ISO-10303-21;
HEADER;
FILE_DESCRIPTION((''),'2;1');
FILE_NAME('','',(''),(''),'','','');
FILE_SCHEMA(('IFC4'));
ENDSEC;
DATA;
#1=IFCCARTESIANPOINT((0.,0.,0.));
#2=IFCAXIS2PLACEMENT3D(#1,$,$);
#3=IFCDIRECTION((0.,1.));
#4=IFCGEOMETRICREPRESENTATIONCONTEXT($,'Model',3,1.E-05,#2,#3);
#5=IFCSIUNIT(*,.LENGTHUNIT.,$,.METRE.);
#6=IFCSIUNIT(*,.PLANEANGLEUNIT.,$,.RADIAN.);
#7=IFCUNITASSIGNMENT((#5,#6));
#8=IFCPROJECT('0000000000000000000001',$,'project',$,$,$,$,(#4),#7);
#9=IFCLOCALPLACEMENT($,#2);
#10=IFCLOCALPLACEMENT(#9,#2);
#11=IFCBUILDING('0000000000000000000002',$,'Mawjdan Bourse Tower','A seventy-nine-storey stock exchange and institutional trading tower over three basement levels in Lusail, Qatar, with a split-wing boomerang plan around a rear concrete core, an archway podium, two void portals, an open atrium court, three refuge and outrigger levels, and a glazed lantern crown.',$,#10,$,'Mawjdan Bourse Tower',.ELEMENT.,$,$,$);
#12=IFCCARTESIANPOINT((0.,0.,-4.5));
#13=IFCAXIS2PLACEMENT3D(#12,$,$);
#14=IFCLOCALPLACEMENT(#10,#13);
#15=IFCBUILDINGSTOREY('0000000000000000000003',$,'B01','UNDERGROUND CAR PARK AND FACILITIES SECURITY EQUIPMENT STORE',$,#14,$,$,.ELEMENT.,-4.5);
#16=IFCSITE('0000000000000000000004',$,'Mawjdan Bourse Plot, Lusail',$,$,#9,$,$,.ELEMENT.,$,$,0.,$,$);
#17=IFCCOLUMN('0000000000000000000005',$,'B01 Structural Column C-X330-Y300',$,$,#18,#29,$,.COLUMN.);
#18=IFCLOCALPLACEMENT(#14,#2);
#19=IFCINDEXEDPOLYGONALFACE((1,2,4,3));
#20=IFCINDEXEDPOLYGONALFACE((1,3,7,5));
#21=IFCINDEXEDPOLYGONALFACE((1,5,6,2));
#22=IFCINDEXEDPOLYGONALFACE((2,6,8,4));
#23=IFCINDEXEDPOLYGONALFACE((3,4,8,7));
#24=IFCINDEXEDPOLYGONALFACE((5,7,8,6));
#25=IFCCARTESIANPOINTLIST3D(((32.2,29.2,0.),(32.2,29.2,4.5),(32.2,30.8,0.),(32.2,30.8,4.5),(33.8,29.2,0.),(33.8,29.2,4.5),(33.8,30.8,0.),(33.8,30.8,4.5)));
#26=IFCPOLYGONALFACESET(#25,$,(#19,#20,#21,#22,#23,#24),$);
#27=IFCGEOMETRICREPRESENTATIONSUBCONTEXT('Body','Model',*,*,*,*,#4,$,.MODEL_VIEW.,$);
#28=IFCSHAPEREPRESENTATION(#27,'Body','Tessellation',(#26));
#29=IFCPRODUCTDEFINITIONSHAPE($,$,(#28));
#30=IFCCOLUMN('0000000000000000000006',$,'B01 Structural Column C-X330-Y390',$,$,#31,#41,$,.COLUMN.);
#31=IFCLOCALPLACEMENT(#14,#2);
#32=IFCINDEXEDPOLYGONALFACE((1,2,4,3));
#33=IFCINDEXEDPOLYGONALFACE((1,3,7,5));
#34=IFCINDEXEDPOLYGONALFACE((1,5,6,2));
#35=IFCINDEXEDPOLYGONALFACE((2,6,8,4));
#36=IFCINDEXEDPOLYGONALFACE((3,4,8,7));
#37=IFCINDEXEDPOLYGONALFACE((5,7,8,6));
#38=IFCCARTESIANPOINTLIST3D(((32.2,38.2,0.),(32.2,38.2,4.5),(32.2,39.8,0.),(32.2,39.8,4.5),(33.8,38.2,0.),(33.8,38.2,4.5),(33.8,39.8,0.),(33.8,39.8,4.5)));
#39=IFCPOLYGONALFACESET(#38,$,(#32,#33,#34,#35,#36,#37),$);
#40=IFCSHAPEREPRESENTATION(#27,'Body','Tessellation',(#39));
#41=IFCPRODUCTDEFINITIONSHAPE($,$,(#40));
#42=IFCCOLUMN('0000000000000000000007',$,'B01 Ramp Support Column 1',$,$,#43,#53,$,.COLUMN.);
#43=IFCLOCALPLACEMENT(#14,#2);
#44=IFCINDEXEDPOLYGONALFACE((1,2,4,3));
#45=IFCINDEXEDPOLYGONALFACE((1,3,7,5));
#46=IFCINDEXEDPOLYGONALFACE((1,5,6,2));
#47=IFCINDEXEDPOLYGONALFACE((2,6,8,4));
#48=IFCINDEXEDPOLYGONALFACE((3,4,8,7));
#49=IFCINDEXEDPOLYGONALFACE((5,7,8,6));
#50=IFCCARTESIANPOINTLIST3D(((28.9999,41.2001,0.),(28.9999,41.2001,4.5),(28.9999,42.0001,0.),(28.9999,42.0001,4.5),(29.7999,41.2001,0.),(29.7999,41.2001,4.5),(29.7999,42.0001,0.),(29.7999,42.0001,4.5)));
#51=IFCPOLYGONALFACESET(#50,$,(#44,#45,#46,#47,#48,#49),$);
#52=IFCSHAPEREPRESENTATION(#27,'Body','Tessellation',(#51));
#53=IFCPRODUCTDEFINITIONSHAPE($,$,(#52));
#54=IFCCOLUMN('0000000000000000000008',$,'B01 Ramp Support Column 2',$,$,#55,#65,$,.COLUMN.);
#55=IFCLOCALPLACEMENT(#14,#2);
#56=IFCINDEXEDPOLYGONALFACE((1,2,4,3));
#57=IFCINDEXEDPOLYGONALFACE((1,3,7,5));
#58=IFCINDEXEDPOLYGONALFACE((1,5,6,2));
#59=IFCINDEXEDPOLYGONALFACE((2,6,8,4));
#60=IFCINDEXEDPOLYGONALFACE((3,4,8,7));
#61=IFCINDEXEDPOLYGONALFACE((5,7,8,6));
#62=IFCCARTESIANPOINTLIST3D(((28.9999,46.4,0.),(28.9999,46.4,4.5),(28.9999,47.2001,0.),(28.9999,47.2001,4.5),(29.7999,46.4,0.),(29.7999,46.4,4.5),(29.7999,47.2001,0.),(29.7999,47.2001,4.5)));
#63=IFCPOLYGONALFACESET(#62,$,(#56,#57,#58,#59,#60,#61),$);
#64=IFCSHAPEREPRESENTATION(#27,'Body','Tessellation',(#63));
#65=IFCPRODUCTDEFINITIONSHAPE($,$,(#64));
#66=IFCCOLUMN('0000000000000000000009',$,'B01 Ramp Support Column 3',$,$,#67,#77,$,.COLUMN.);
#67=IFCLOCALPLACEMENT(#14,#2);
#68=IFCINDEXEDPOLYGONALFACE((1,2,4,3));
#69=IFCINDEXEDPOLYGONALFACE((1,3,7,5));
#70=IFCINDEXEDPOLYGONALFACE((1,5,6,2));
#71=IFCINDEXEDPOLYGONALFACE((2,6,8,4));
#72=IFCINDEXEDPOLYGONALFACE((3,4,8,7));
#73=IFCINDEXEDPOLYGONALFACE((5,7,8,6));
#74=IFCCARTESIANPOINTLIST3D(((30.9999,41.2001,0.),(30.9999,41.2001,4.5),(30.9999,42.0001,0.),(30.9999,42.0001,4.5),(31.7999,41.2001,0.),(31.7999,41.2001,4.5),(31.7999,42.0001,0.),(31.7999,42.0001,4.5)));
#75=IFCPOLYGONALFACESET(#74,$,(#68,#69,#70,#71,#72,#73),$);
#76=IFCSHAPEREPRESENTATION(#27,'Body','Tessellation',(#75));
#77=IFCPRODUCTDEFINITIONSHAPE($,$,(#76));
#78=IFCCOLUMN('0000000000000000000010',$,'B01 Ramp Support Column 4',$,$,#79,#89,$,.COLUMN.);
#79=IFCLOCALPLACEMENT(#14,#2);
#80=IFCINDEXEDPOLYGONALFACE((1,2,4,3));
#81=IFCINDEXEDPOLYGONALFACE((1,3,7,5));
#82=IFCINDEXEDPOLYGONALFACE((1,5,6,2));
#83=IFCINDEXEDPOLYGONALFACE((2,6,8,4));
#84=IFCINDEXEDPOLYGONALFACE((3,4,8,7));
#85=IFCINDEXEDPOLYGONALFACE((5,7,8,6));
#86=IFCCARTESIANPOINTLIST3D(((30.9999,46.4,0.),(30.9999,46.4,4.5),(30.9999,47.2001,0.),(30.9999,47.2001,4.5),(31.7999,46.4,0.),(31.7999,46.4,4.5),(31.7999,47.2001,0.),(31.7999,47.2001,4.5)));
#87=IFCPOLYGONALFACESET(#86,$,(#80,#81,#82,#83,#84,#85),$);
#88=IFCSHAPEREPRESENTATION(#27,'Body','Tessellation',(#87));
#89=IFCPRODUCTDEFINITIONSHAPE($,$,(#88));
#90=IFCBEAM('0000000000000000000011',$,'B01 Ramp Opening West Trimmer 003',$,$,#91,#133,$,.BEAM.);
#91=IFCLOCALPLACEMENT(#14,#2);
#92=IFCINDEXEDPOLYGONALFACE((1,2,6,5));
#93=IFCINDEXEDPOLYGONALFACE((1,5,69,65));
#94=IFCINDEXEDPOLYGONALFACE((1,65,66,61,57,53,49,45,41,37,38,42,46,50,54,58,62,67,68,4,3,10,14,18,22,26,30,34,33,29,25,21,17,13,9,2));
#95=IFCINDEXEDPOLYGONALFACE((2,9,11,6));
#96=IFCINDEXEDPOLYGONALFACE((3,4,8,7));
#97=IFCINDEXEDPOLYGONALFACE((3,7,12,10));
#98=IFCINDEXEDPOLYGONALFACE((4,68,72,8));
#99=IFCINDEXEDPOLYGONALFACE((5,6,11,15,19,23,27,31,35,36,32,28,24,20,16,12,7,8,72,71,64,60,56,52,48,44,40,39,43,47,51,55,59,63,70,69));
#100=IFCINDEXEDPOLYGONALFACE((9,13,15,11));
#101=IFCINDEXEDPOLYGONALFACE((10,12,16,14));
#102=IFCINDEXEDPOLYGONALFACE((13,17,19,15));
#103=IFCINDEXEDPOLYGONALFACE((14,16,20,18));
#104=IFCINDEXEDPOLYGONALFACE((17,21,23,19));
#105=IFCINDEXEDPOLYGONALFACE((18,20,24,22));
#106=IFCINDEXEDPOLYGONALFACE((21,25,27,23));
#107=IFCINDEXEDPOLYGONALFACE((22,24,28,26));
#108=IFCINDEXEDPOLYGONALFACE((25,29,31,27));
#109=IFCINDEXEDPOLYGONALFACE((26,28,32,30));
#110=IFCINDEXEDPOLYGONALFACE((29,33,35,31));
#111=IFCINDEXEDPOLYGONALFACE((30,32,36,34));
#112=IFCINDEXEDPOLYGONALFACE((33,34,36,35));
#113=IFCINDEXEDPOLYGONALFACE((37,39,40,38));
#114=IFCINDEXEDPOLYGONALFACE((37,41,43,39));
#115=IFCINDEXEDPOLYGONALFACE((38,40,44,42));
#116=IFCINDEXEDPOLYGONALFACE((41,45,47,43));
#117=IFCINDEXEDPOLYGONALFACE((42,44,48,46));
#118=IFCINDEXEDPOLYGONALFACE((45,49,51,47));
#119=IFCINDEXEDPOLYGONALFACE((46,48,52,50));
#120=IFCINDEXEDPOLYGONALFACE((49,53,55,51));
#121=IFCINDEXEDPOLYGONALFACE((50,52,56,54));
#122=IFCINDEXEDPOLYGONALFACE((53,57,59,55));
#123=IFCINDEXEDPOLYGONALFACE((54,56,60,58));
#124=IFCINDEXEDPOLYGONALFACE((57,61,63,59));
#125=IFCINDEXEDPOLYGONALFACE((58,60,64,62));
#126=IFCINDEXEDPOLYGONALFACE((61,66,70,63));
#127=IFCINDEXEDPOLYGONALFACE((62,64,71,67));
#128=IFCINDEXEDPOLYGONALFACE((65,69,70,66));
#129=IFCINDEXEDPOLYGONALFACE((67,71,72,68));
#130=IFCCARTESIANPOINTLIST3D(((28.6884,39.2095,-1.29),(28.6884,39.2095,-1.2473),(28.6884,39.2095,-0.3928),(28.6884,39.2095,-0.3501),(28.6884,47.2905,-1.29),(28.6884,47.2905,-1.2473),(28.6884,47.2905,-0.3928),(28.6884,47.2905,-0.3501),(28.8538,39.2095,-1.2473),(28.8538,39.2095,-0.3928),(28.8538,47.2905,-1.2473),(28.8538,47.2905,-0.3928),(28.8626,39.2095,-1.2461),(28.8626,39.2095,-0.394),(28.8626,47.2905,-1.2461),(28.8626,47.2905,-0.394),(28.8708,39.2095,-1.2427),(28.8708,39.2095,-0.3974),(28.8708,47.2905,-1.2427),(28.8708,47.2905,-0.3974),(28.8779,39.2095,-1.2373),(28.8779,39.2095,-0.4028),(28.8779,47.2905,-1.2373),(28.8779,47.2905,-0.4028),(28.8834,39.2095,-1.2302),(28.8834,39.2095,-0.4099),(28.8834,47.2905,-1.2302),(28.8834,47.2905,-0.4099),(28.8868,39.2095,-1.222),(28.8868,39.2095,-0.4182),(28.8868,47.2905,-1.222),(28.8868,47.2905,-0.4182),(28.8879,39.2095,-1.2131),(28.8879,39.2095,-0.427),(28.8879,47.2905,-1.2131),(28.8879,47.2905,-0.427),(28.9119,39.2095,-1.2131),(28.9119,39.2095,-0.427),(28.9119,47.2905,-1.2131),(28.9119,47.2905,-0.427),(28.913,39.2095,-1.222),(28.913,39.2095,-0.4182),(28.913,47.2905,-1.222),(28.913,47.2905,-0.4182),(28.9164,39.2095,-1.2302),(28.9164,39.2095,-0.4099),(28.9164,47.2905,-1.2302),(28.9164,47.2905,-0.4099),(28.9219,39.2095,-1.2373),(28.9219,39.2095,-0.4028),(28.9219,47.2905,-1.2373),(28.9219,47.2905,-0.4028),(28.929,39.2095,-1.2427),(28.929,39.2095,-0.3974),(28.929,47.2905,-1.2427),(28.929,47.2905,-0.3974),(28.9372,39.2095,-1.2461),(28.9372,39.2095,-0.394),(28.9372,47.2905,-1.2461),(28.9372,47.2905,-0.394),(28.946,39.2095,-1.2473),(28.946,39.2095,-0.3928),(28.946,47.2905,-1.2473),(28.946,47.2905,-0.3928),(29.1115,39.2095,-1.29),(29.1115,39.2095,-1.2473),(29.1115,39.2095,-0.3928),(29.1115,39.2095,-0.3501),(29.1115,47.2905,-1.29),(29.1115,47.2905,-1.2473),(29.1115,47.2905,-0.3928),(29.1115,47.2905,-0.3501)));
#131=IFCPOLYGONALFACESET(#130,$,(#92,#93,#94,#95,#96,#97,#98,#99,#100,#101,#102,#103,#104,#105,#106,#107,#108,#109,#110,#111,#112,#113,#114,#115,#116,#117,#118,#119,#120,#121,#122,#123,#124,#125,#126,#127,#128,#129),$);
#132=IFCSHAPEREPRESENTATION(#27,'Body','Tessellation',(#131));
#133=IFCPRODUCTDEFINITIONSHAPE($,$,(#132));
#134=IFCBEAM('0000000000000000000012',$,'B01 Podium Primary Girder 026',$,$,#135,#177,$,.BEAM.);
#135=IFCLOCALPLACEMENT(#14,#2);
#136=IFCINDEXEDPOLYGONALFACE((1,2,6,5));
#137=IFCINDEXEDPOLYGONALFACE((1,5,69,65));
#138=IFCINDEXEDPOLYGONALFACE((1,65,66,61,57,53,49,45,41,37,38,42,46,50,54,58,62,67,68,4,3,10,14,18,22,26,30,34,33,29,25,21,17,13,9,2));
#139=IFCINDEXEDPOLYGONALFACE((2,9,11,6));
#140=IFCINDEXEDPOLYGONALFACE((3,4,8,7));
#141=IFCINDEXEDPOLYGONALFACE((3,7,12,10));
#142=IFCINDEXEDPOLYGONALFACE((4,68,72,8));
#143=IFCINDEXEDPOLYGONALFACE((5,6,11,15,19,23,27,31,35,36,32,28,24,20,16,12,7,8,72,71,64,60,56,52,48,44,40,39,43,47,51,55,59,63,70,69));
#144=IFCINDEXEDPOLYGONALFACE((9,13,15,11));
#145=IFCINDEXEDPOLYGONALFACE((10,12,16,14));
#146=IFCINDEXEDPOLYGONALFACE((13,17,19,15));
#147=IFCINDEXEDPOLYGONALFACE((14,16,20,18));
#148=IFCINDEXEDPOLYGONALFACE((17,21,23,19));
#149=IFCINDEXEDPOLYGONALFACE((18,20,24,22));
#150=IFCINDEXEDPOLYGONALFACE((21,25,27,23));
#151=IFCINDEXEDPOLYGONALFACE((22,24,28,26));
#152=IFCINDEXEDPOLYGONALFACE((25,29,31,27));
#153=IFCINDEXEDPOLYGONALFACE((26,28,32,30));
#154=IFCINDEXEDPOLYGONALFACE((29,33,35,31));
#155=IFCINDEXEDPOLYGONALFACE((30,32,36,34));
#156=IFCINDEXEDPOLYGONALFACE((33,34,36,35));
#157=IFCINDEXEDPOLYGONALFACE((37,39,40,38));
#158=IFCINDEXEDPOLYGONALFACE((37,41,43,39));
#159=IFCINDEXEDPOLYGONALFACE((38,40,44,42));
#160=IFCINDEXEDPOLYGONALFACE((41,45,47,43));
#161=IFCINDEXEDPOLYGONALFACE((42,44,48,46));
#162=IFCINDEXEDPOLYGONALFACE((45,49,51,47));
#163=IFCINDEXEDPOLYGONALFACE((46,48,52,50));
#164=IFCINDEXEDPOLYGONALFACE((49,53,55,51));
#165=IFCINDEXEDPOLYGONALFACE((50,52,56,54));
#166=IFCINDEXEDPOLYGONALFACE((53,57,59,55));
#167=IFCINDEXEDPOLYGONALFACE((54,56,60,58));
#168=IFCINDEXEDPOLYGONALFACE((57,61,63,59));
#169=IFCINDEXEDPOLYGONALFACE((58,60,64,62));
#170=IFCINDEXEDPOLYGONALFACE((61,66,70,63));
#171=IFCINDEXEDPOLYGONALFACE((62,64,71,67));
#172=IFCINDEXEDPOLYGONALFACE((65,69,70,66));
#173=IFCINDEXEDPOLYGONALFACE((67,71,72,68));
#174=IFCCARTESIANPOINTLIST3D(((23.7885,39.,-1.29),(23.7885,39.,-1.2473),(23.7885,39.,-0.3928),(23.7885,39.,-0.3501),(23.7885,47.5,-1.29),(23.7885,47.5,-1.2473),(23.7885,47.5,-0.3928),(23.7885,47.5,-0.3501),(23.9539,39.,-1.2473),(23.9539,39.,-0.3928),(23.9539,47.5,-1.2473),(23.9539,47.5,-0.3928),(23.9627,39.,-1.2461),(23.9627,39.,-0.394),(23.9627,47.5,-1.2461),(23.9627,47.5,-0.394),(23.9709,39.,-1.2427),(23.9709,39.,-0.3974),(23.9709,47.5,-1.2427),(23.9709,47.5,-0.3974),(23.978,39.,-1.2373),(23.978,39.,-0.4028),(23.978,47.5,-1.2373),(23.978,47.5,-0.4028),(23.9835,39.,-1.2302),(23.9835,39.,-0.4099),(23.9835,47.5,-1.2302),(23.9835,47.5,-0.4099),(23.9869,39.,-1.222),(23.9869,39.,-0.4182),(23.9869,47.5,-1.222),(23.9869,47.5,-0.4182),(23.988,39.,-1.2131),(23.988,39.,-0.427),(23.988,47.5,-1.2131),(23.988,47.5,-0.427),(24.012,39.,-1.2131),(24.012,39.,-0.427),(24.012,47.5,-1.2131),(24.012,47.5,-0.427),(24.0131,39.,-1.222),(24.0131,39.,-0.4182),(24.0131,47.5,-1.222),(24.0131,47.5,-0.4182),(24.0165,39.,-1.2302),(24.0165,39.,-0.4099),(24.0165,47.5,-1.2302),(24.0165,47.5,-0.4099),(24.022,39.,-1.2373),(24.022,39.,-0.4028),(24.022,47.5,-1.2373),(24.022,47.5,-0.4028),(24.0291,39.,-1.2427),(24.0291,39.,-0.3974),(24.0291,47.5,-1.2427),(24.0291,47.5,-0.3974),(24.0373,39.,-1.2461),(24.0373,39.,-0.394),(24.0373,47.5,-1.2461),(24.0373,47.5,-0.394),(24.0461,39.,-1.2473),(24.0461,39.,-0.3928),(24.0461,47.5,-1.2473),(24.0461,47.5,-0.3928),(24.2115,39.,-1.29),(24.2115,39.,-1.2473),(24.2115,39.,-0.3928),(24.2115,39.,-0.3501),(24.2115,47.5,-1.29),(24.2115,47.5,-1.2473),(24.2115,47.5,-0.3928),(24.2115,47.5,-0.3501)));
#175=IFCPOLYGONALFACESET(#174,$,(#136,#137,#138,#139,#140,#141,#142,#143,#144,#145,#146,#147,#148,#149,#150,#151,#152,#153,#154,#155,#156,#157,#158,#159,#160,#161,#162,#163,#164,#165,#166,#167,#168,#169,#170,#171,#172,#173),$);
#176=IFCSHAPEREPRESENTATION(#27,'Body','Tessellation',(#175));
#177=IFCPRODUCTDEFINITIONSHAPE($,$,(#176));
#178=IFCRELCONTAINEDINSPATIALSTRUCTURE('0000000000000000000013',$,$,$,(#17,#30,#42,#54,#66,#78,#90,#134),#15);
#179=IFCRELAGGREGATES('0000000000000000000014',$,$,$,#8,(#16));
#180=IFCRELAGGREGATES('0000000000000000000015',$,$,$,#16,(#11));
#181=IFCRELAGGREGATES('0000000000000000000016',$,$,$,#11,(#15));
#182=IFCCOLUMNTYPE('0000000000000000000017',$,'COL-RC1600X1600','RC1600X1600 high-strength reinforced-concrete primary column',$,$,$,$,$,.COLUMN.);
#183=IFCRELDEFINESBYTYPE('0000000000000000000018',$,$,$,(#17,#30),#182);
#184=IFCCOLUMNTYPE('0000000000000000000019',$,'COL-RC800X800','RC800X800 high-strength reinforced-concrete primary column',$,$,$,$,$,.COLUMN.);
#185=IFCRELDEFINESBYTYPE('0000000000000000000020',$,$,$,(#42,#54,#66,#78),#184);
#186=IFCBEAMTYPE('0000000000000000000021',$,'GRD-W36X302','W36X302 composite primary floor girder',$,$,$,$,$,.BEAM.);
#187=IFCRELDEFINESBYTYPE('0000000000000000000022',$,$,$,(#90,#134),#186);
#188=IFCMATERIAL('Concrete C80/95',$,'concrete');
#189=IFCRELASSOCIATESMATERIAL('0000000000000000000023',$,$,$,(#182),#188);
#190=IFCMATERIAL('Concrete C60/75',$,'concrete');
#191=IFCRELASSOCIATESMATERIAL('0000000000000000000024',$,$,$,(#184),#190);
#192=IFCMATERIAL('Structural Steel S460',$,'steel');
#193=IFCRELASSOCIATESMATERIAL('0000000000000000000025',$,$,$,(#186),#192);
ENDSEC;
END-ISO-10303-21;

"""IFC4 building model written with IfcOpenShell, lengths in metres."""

from ifc_helpers import new_model, si_unit, direction, frame, origin, origin_2d, place, context, subcontext, project, spatial, rectangle, i_section, extrude, material, material_profile, profile_set, type_object, element, save


model = new_model("IFC4")

# Units and contexts
model_context = context("Model", 3, precision=1e-05, world=origin(), true_north=direction((0.0, 1.0)))
body_context = subcontext(model_context, "Body", "Model", "MODEL_VIEW")
ifc_project = project(units=[si_unit("LENGTHUNIT", "METRE"), si_unit("PLANEANGLEUNIT", "RADIAN")], contexts=[model_context])

# Site, building, storey
site_placement = place(None, origin())
site = spatial("IfcSite", under=ifc_project, at=site_placement, Name="Mawjdan Bourse Plot, Lusail", CompositionType="ELEMENT", RefElevation=0.0)
building_placement = place(site_placement, origin())
building = spatial("IfcBuilding", under=site, at=building_placement, Name="Mawjdan Bourse Tower", Description="A seventy-nine-storey stock exchange and institutional trading tower over three basement levels in Lusail, Qatar, with a split-wing boomerang plan around a rear concrete core, an archway podium, two void portals, an open atrium court, three refuge and outrigger levels, and a glazed lantern crown.", LongName="Mawjdan Bourse Tower", CompositionType="ELEMENT")
storey_placement = place(building_placement, frame((0.0, 0.0, -4.5)))
storey = spatial("IfcBuildingStorey", under=building, at=storey_placement, Name="B01", Description="UNDERGROUND CAR PARK AND FACILITIES SECURITY EQUIPMENT STORE", CompositionType="ELEMENT", Elevation=-4.5)

# Columns
ifc_material_1 = material(Name="Concrete C80/95", Category="concrete")
ifc_material_profile_1 = material_profile(ifc_material_1, rectangle(XDim=1.6001, YDim=1.6001, at=origin_2d()), Name="RC1600X1600")
ifc_profile_set_1 = profile_set([ifc_material_profile_1], Name="Concrete C80/95")
column_type_1 = type_object("IfcColumnType", Name="COL-RC1600X1600", Description="RC1600X1600 high-strength reinforced-concrete primary column", PredefinedType="COLUMN", material=ifc_profile_set_1)
for number, where, z_axis, x_axis, name in (
    (1, (33.0, 30.0, 0.0), (0.0, 0.0, 1.0), (1.0, 0.0, 0.0), "B01 Structural Column C-X330-Y300"),
    (2, (33.0, 39.0, 0.0), (0.0, 0.0, 1.0), (1.0, 0.0, 0.0), "B01 Structural Column C-X330-Y390"),
):
    element("IfcColumn", number, at=place(storey_placement, frame(where, z_axis=z_axis, x_axis=x_axis)), inside=storey, type_object=column_type_1, Name=name, PredefinedType="COLUMN", context=body_context, shape_type="SweptSolid", body=[
        extrude(rectangle(XDim=1.6001, YDim=1.6001, at=origin_2d()), origin(), (0.0, 0.0, 1.0), 4.5),
    ])
ifc_material_2 = material(Name="Concrete C60/75", Category="concrete")
ifc_material_profile_2 = material_profile(ifc_material_2, rectangle(XDim=0.8, YDim=0.8, at=origin_2d()), Name="RC800X800")
ifc_profile_set_2 = profile_set([ifc_material_profile_2], Name="Concrete C60/75")
column_type_2 = type_object("IfcColumnType", Name="COL-RC800X800", Description="RC800X800 high-strength reinforced-concrete primary column", PredefinedType="COLUMN", material=ifc_profile_set_2)
for number, where, z_axis, x_axis, name in (
    (3, (29.3999, 41.6001, 0.0), (0.0, 0.0, 1.0), (1.0, 0.0, 0.0), "B01 Ramp Support Column 1"),
    (4, (29.3999, 46.8, 0.0), (0.0, 0.0, 1.0), (1.0, 0.0, 0.0), "B01 Ramp Support Column 2"),
    (5, (31.3999, 41.6001, 0.0), (0.0, 0.0, 1.0), (1.0, 0.0, 0.0), "B01 Ramp Support Column 3"),
    (6, (31.3999, 46.8, 0.0), (0.0, 0.0, 1.0), (1.0, 0.0, 0.0), "B01 Ramp Support Column 4"),
):
    element("IfcColumn", number, at=place(storey_placement, frame(where, z_axis=z_axis, x_axis=x_axis)), inside=storey, type_object=column_type_2, Name=name, PredefinedType="COLUMN", context=body_context, shape_type="SweptSolid", body=[
        extrude(rectangle(XDim=0.8, YDim=0.8, at=origin_2d()), origin(), (0.0, 0.0, 1.0), 4.5),
    ])

# Beams
ifc_material_3 = material(Name="Structural Steel S460", Category="steel")
ifc_material_profile_3 = material_profile(ifc_material_3, i_section(OverallWidth=0.4231, OverallDepth=0.9399, WebThickness=0.0239, FlangeThickness=0.0427, FilletRadius=0.0342, at=origin_2d()), Name="W36X302")
ifc_profile_set_3 = profile_set([ifc_material_profile_3], Name="Structural Steel S460")
beam_type_1 = type_object("IfcBeamType", Name="GRD-W36X302", Description="W36X302 composite primary floor girder", PredefinedType="BEAM", material=ifc_profile_set_3)
beam_1_placement = place(storey_placement, frame((28.8999, 39.2095, -0.8201), z_axis=(0.0, 1.0, 0.0), x_axis=(-1.0, 0.0, 0.0)))
element("IfcBeam", 7, at=beam_1_placement, inside=storey, type_object=beam_type_1, Name="B01 Ramp Opening West Trimmer 003", PredefinedType="BEAM", context=body_context, shape_type="SweptSolid", body=[
    extrude(i_section(OverallWidth=0.4231, OverallDepth=0.9399, WebThickness=0.0239, FlangeThickness=0.0427, FilletRadius=0.0342, at=origin_2d()), origin(), (0.0, 0.0, 1.0), 8.0811),
])
beam_2_placement = place(storey_placement, frame((24.0, 39.0, -0.8201), z_axis=(0.0, 1.0, 0.0), x_axis=(-1.0, 0.0, 0.0)))
element("IfcBeam", 8, at=beam_2_placement, inside=storey, type_object=beam_type_1, Name="B01 Podium Primary Girder 026", PredefinedType="BEAM", context=body_context, shape_type="SweptSolid", body=[
    extrude(i_section(OverallWidth=0.4231, OverallDepth=0.9399, WebThickness=0.0239, FlangeThickness=0.0427, FilletRadius=0.0342, at=origin_2d()), origin(), (0.0, 0.0, 1.0), 8.5),
])

save(model, "model.ifc")
